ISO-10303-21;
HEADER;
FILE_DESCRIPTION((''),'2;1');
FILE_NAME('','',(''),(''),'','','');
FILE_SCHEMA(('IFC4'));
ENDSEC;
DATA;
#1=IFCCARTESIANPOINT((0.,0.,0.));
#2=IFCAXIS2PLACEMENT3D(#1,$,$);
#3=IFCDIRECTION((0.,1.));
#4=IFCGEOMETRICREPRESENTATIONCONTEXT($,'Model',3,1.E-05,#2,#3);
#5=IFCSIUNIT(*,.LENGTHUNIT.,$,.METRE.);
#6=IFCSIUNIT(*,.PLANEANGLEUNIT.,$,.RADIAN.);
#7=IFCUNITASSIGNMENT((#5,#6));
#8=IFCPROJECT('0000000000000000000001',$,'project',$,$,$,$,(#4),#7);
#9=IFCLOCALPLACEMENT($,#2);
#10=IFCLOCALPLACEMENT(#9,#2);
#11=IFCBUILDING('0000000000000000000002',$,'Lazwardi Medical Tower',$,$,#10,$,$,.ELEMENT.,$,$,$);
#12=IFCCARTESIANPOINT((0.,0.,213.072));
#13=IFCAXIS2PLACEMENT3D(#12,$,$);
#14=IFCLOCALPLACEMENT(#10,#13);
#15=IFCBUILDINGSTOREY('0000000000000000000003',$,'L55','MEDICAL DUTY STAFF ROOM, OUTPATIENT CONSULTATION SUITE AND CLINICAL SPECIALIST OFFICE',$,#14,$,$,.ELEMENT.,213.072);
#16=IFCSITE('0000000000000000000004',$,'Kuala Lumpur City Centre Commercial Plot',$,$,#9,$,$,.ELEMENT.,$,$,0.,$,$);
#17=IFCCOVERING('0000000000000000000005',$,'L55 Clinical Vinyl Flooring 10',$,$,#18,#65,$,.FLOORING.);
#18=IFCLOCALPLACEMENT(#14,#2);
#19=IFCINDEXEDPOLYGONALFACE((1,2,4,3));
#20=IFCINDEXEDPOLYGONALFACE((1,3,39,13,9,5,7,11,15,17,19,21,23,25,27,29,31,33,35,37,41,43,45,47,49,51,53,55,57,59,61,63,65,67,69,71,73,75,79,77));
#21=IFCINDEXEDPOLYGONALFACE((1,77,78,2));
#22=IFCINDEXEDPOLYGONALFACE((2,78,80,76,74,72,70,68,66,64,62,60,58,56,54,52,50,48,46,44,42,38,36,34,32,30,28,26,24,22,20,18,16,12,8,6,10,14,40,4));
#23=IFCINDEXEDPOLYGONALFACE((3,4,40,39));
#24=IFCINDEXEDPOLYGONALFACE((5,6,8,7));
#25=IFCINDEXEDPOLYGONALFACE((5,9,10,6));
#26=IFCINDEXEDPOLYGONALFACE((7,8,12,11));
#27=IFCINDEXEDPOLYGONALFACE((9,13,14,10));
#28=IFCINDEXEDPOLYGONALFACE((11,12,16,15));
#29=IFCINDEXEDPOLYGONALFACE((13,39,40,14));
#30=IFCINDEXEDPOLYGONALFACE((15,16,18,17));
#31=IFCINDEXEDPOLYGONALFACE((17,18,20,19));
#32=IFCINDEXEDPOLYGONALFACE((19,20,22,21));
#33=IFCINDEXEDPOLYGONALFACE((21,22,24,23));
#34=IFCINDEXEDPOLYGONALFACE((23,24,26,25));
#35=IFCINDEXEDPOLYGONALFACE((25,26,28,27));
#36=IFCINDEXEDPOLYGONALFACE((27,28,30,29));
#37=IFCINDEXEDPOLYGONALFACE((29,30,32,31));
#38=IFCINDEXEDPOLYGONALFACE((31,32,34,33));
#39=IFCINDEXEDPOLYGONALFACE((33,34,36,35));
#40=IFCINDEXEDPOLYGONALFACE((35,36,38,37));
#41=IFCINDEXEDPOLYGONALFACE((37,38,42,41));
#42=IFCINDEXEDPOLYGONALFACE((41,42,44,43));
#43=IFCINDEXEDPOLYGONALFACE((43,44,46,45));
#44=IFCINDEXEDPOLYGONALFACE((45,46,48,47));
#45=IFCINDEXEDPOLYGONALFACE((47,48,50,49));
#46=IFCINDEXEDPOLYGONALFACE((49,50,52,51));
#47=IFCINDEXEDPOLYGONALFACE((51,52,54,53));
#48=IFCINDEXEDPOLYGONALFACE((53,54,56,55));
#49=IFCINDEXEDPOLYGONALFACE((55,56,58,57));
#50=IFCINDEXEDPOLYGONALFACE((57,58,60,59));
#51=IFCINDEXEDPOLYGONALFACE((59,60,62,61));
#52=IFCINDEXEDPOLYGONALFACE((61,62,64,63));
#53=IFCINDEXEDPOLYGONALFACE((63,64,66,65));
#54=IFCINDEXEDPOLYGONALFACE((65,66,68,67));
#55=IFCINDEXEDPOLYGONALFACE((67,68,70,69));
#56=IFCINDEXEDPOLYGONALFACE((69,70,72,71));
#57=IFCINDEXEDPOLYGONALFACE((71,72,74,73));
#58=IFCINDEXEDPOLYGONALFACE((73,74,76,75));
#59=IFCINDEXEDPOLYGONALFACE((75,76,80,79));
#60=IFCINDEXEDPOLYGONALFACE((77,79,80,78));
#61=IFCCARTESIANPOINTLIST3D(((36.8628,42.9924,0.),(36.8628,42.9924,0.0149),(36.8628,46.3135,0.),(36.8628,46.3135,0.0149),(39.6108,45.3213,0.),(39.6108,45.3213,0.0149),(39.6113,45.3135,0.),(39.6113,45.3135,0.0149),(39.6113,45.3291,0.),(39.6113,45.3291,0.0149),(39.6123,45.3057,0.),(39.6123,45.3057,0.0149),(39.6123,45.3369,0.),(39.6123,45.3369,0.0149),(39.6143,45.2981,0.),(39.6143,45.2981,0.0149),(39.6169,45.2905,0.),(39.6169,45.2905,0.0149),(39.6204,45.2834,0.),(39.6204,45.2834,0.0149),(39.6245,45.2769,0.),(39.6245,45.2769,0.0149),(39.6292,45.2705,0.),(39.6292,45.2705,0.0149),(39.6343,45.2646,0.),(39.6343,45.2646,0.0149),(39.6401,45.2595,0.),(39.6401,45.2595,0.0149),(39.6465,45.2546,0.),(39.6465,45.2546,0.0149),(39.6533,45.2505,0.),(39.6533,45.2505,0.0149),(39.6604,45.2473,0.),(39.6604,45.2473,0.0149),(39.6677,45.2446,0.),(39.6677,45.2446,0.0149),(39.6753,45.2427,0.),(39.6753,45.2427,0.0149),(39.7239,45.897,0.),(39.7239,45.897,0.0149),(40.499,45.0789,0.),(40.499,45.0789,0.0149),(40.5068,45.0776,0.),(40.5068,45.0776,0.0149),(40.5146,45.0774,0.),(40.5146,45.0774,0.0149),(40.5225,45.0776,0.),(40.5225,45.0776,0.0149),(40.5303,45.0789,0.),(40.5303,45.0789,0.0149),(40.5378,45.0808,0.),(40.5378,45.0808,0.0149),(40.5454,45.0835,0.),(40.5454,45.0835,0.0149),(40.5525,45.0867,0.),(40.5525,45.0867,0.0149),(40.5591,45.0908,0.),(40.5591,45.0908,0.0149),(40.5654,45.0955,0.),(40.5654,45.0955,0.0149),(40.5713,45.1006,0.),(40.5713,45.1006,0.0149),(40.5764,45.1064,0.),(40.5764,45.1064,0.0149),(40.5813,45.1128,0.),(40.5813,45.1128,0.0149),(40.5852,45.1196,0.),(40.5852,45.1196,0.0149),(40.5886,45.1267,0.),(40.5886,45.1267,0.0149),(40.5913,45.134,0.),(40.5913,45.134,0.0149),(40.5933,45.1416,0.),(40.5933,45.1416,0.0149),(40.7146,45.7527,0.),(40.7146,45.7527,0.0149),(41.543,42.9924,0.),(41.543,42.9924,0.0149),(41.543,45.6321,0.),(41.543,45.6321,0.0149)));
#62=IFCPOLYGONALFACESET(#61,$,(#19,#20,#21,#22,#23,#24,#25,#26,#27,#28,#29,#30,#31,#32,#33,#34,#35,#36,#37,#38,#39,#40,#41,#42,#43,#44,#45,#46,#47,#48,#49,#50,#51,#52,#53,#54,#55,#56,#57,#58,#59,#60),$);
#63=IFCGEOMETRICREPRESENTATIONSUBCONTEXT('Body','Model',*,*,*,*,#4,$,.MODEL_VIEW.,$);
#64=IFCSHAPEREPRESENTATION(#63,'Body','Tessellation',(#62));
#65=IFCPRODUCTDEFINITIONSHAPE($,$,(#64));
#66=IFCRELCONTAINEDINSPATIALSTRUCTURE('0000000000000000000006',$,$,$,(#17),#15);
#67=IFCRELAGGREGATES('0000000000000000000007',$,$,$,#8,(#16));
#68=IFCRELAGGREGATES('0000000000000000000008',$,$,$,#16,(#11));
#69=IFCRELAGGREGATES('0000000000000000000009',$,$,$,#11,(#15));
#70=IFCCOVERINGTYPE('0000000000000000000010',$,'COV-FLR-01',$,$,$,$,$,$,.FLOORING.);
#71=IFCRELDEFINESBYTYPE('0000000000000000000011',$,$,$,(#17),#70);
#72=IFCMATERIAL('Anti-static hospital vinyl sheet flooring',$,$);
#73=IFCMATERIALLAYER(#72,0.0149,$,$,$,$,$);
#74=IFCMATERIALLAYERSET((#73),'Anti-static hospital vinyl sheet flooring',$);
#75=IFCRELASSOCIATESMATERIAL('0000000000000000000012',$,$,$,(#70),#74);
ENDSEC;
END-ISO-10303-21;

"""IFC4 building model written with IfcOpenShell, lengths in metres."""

from ifc_helpers import new_model, si_unit, direction, frame, origin, place, context, subcontext, project, spatial, polyline, outline, extrude, material, layer, layer_set, type_object, element, save


model = new_model("IFC4")

# Units and contexts
model_context = context("Model", 3, precision=1e-05, world=origin(), true_north=direction((0.0, 1.0)))
body_context = subcontext(model_context, "Body", "Model", "MODEL_VIEW")
ifc_project = project(units=[si_unit("LENGTHUNIT", "METRE"), si_unit("PLANEANGLEUNIT", "RADIAN")], contexts=[model_context])

# Site, building, storey
site_placement = place(None, origin())
site = spatial("IfcSite", under=ifc_project, at=site_placement, Name="Kuala Lumpur City Centre Commercial Plot", CompositionType="ELEMENT", RefElevation=0.0)
building_placement = place(site_placement, origin())
building = spatial("IfcBuilding", under=site, at=building_placement, Name="Lazwardi Medical Tower", CompositionType="ELEMENT")
storey_placement = place(building_placement, frame((0.0, 0.0, 213.072)))
storey = spatial("IfcBuildingStorey", under=building, at=storey_placement, Name="L55", Description="MEDICAL DUTY STAFF ROOM, OUTPATIENT CONSULTATION SUITE AND CLINICAL SPECIALIST OFFICE", CompositionType="ELEMENT", Elevation=213.072)

# Covering
ifc_material_1 = material(Name="Anti-static hospital vinyl sheet flooring")
ifc_layer_1 = layer(ifc_material_1, 0.0149)
ifc_layer_set_1 = layer_set([ifc_layer_1], Name="Anti-static hospital vinyl sheet flooring")
covering_type_1 = type_object("IfcCoveringType", Name="COV-FLR-01", PredefinedType="FLOORING", material=ifc_layer_set_1)
covering_1_placement = place(storey_placement, origin())
element("IfcCovering", 1, at=covering_1_placement, inside=storey, type_object=covering_type_1, Name="L55 Clinical Vinyl Flooring 10", PredefinedType="FLOORING", context=body_context, shape_type="SweptSolid", body=[
    extrude(outline(polyline([(41.543, 45.6321), (40.7146, 45.7527), (40.5933, 45.1416), (40.5913, 45.134), (40.5886, 45.1267), (40.5852, 45.1196), (40.5813, 45.1128), (40.5764, 45.1064), (40.5713, 45.1006), (40.5654, 45.0955), (40.5591, 45.0908), (40.5525, 45.0867), (40.5454, 45.0835), (40.5378, 45.0808), (40.5303, 45.0789), (40.5225, 45.0776), (40.5146, 45.0774), (40.5068, 45.0776), (40.499, 45.0789), (39.6753, 45.2427), (39.6677, 45.2446), (39.6604, 45.2473), (39.6533, 45.2505), (39.6465, 45.2546), (39.6401, 45.2595), (39.6343, 45.2646), (39.6292, 45.2705), (39.6245, 45.2769), (39.6204, 45.2834), (39.6169, 45.2905), (39.6143, 45.2981), (39.6123, 45.3057), (39.6113, 45.3135), (39.6108, 45.3213), (39.6113, 45.3291), (39.6123, 45.3369), (39.7239, 45.897), (36.8628, 46.3135), (36.8628, 42.9924), (41.543, 42.9924), (41.543, 45.6321)])), origin(), (0.0, 0.0, 1.0), 0.0149),
])

save(model, "model.ifc")
